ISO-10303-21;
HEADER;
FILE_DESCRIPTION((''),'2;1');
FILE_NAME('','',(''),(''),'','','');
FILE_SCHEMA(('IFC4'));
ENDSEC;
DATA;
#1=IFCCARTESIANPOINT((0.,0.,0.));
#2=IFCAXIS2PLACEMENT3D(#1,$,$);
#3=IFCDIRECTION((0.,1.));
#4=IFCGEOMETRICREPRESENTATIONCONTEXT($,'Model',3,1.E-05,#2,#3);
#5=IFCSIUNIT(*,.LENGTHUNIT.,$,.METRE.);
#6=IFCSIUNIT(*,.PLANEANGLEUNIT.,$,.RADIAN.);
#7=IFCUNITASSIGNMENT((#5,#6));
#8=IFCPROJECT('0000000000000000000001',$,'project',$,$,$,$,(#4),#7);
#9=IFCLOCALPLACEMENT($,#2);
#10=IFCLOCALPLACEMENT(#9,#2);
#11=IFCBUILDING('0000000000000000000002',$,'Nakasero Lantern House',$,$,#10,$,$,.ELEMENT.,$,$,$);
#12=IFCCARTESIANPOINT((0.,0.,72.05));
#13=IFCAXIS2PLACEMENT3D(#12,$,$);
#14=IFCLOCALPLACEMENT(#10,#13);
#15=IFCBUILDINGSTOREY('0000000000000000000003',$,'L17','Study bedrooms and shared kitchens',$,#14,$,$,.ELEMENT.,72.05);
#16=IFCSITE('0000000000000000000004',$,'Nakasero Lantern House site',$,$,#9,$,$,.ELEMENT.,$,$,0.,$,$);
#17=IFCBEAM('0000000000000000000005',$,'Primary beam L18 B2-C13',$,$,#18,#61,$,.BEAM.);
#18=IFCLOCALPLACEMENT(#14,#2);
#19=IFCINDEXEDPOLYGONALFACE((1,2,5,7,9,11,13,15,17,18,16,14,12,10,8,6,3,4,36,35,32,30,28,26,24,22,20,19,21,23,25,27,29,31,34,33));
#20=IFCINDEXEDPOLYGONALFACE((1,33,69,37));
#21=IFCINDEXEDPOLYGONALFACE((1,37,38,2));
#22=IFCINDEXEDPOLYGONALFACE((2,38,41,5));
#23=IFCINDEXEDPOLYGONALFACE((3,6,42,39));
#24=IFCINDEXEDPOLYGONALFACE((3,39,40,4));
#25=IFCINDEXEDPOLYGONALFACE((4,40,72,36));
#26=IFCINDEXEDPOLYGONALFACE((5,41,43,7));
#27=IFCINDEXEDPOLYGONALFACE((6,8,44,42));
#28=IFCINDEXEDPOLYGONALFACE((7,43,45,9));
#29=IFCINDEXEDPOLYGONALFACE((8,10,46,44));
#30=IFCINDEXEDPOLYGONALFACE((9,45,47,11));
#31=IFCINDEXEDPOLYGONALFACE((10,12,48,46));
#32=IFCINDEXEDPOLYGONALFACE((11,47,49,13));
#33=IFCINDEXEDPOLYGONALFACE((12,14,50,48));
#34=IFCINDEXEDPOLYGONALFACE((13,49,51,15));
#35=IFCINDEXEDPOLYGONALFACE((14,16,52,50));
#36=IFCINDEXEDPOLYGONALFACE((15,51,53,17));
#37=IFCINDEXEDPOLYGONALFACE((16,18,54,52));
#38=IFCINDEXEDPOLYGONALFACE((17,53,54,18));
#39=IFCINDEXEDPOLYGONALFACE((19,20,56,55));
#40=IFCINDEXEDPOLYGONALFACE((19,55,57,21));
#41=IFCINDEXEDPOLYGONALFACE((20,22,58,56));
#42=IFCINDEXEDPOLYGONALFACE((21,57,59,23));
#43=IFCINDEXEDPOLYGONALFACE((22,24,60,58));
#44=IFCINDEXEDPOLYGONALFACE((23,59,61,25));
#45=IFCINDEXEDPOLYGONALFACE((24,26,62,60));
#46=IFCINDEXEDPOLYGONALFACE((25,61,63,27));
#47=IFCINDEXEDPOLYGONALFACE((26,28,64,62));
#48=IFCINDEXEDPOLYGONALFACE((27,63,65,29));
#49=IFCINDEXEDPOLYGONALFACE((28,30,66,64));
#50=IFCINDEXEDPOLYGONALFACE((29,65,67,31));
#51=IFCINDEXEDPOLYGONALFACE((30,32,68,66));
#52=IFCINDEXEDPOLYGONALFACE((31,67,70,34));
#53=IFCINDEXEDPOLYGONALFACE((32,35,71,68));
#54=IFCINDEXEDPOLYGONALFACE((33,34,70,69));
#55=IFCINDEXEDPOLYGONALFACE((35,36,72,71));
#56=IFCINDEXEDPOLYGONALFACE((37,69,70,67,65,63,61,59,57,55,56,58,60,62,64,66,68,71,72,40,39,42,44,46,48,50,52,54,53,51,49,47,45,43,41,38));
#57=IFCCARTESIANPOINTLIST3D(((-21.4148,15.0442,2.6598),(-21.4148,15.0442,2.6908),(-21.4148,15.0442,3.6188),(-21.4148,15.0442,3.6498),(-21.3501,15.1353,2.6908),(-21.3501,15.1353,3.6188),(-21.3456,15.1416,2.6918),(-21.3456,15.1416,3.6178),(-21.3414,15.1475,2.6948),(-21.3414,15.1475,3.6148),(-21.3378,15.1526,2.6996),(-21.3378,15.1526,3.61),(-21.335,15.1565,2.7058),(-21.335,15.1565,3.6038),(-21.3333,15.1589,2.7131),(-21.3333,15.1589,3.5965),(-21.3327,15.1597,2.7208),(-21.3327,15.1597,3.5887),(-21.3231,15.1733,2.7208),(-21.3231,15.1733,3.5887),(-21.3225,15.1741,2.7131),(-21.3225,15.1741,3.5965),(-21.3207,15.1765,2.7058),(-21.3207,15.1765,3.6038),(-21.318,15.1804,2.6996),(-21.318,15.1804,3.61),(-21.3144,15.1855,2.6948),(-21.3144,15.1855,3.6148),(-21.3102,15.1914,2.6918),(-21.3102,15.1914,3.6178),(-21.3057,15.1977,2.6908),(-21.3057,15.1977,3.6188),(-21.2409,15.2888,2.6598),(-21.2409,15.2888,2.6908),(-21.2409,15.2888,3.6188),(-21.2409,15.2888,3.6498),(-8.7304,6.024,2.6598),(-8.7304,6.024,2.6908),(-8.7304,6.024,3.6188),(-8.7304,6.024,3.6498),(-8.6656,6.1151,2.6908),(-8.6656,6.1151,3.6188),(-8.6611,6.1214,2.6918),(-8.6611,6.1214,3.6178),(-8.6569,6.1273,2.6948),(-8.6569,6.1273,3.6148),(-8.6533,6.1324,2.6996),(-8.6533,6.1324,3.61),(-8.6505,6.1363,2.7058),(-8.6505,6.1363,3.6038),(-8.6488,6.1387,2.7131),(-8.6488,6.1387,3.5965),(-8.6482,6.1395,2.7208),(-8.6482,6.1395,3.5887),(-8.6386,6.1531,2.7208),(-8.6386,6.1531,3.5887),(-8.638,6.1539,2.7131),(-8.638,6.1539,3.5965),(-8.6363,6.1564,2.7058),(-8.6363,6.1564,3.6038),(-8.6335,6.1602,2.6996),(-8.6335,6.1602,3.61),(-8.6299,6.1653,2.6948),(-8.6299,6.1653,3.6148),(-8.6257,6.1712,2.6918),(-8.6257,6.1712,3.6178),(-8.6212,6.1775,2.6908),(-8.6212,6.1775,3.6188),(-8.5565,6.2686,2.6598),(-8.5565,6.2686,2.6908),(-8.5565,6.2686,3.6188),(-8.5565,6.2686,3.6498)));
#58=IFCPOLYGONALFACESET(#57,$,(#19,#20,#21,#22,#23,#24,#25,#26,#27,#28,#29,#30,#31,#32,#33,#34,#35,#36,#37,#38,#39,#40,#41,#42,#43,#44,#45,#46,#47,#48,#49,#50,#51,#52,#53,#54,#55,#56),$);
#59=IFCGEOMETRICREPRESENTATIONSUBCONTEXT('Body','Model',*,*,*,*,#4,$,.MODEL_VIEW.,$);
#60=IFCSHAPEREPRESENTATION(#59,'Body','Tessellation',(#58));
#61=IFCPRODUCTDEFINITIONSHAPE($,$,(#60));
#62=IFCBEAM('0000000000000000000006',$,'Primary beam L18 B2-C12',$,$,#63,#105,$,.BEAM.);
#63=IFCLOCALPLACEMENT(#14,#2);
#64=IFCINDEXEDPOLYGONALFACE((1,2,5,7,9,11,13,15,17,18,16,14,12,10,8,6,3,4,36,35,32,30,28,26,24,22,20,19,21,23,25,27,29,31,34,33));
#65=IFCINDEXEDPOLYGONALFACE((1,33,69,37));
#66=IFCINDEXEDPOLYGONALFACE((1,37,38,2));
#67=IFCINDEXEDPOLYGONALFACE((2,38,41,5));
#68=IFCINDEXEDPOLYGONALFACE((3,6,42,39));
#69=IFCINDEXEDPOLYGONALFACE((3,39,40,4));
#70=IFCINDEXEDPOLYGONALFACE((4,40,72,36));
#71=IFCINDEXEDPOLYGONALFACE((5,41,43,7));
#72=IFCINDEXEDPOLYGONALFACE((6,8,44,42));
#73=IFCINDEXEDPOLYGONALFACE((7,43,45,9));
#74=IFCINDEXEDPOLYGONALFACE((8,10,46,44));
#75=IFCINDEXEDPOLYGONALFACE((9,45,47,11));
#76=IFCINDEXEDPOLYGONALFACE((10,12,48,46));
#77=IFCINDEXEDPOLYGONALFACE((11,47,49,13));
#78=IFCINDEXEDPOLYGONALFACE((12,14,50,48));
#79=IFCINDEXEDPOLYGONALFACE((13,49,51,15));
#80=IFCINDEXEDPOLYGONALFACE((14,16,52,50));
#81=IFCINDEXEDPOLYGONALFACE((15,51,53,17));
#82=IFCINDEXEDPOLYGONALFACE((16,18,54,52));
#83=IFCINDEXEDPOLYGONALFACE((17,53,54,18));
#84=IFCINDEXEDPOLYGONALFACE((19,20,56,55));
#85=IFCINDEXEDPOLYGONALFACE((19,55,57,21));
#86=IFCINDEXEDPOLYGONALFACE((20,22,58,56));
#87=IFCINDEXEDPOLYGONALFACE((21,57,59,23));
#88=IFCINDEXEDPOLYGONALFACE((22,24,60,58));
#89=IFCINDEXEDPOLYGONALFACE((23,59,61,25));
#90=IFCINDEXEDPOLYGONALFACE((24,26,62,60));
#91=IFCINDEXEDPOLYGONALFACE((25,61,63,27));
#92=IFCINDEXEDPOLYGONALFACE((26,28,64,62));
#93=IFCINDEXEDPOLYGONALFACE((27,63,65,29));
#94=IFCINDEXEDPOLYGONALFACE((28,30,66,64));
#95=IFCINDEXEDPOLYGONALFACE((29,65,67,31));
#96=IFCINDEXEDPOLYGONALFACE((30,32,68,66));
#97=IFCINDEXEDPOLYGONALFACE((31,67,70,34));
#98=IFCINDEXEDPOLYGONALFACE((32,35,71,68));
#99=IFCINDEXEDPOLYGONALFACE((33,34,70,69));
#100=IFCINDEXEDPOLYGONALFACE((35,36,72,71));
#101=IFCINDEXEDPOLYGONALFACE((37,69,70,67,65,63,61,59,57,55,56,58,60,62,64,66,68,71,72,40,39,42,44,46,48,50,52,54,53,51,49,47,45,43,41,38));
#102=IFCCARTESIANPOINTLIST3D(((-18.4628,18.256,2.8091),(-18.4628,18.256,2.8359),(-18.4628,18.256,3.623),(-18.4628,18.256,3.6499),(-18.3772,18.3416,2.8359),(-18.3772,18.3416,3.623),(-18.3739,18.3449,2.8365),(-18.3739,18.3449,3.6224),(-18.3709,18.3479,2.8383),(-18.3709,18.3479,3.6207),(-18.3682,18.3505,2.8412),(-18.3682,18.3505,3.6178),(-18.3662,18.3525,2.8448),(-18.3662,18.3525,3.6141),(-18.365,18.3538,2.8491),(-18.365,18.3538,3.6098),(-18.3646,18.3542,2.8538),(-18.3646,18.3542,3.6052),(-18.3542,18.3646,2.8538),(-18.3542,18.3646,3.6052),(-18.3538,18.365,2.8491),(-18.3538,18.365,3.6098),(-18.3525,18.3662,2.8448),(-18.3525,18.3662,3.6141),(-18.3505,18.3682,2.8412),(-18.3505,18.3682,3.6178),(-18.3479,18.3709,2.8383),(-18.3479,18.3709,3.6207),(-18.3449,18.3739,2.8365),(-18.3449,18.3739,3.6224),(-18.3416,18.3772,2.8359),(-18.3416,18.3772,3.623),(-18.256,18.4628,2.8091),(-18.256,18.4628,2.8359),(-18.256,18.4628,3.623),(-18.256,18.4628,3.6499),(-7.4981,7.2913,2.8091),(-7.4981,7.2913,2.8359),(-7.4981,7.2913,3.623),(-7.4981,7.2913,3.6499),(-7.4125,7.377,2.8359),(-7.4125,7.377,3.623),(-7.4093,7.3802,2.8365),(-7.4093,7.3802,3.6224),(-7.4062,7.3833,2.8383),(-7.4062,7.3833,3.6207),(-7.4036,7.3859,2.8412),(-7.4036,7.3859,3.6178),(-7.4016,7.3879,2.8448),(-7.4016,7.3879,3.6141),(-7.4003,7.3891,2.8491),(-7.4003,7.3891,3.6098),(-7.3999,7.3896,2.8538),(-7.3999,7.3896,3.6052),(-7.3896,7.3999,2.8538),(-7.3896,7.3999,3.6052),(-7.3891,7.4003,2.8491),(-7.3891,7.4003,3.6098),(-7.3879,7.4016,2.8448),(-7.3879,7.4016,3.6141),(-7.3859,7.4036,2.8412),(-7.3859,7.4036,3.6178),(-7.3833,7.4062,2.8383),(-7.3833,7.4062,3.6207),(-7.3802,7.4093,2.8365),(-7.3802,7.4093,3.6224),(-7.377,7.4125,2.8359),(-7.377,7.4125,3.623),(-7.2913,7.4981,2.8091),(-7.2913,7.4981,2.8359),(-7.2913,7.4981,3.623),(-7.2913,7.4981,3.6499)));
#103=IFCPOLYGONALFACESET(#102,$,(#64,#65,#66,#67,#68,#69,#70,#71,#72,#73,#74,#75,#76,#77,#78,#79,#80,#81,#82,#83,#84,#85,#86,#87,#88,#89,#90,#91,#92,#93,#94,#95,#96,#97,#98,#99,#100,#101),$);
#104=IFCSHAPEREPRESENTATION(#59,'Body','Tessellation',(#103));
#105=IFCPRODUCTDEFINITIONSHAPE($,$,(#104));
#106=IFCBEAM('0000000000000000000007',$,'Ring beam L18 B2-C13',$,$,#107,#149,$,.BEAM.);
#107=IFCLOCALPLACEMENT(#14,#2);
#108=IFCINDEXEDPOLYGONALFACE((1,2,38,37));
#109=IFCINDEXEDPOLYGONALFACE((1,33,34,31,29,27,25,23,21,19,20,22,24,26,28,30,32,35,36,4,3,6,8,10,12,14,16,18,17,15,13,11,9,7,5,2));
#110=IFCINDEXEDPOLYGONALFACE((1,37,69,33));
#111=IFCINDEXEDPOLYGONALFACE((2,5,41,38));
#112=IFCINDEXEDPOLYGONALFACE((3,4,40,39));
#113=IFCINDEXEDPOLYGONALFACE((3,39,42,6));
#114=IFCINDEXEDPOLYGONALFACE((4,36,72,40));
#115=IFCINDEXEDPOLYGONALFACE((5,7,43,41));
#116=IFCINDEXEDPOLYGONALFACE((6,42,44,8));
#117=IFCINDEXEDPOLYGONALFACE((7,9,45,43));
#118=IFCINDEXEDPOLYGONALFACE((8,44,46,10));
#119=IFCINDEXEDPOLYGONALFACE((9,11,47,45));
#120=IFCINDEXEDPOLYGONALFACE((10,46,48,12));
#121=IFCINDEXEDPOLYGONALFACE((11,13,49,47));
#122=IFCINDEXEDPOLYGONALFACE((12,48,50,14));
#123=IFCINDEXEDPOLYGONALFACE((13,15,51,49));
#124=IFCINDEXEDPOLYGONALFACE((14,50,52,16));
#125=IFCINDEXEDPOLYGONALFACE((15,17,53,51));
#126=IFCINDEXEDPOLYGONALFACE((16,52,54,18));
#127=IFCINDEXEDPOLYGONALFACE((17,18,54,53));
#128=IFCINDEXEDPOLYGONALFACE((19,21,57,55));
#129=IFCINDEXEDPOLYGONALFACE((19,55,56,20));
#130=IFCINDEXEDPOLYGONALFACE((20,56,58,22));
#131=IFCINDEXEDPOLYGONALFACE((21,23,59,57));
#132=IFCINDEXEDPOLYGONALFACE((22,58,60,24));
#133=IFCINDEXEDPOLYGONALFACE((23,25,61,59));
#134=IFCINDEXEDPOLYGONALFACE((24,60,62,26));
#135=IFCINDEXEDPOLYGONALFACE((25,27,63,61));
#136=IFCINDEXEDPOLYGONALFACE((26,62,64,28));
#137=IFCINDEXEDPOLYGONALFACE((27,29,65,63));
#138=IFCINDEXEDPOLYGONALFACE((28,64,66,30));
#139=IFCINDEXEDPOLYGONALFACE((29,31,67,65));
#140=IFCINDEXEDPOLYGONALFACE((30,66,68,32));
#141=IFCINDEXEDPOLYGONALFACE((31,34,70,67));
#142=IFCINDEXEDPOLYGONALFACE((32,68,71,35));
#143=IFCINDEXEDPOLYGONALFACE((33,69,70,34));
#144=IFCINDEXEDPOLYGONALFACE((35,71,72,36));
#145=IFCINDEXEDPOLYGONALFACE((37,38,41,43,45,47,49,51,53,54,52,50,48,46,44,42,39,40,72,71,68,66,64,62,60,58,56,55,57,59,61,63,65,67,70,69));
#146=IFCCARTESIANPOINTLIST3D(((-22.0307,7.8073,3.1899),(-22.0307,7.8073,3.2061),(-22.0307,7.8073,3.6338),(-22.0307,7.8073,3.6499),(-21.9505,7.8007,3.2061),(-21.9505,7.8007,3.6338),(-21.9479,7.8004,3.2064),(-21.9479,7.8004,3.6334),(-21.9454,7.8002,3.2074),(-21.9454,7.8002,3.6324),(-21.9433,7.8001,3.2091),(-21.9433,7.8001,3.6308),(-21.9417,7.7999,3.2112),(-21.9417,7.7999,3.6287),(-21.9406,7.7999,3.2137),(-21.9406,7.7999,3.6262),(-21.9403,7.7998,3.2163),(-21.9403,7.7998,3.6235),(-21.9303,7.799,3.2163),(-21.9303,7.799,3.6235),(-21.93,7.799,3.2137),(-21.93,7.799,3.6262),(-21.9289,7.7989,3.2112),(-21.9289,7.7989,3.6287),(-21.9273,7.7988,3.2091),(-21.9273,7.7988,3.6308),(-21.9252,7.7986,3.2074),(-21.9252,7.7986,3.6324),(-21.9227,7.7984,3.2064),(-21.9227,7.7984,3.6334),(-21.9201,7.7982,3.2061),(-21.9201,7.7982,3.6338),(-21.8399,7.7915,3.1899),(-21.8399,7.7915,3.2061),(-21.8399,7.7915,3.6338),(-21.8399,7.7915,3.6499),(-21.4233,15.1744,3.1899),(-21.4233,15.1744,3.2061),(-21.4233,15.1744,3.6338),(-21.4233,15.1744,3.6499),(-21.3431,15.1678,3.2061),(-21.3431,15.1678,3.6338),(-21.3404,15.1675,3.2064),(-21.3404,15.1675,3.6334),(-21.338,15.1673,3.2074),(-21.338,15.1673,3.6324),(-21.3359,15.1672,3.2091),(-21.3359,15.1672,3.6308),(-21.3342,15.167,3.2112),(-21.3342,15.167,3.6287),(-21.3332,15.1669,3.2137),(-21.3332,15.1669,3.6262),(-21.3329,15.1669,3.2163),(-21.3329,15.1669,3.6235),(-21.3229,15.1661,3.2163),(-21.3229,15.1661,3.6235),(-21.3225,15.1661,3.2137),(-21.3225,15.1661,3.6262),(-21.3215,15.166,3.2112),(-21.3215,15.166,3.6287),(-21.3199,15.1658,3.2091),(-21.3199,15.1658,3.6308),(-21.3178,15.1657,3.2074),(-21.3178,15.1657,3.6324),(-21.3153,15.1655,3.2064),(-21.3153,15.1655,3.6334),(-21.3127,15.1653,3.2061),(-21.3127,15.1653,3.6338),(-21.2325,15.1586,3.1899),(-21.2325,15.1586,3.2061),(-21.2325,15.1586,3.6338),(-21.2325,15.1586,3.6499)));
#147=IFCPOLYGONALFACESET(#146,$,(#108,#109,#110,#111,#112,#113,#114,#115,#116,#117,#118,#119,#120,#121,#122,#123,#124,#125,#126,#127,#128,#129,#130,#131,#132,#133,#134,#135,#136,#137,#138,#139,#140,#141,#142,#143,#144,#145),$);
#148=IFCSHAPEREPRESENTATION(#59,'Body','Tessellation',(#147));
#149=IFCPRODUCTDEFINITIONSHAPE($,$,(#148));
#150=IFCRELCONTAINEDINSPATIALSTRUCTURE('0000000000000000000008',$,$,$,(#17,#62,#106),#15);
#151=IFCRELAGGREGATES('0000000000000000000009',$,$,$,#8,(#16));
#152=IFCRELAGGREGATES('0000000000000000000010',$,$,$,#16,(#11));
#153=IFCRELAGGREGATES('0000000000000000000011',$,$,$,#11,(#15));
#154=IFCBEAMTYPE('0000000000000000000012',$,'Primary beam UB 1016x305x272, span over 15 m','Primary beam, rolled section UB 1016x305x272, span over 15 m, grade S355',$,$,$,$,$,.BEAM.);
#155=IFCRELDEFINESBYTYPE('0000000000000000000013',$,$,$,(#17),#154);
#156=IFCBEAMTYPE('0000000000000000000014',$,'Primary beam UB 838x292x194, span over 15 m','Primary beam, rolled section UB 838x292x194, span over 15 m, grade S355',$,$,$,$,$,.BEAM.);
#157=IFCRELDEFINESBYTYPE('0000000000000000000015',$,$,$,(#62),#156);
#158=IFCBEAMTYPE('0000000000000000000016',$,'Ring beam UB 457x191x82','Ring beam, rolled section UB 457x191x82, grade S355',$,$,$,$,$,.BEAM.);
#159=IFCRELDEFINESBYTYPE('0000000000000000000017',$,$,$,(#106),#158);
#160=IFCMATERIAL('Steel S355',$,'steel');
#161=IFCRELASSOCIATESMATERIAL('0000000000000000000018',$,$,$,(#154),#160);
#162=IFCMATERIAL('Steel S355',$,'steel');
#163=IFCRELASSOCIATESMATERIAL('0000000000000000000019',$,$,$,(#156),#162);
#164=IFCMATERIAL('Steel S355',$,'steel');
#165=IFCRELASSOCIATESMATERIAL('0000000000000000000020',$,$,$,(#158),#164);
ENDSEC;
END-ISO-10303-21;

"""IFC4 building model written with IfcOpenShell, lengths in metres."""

from ifc_helpers import new_model, si_unit, direction, frame, origin, origin_2d, place, context, subcontext, project, spatial, i_section, extrude, material, material_profile, profile_set, type_object, element, save


model = new_model("IFC4")

# Units and contexts
model_context = context("Model", 3, precision=1e-05, world=origin(), true_north=direction((0.0, 1.0)))
body_context = subcontext(model_context, "Body", "Model", "MODEL_VIEW")
ifc_project = project(units=[si_unit("LENGTHUNIT", "METRE"), si_unit("PLANEANGLEUNIT", "RADIAN")], contexts=[model_context])

# Site, building, storey
site_placement = place(None, origin())
site = spatial("IfcSite", under=ifc_project, at=site_placement, Name="Nakasero Lantern House site", CompositionType="ELEMENT", RefElevation=0.0)
building_placement = place(site_placement, origin())
building = spatial("IfcBuilding", under=site, at=building_placement, Name="Nakasero Lantern House", CompositionType="ELEMENT")
storey_placement = place(building_placement, frame((0.0, 0.0, 72.05)))
storey = spatial("IfcBuildingStorey", under=building, at=storey_placement, Name="L17", Description="Study bedrooms and shared kitchens", CompositionType="ELEMENT", Elevation=72.05)

# Beams
ifc_material_1 = material(Name="Steel S355", Category="steel")
ifc_material_profile_1 = material_profile(ifc_material_1, i_section(OverallWidth=0.3, OverallDepth=0.99, WebThickness=0.0166, FlangeThickness=0.031, FilletRadius=0.03, at=origin_2d()), Name="UB 1016x305x272")
ifc_profile_set_1 = profile_set([ifc_material_profile_1], Name="Steel S355")
beam_type_1 = type_object("IfcBeamType", Name="Primary beam UB 1016x305x272, span over 15 m", Description="Primary beam, rolled section UB 1016x305x272, span over 15 m, grade S355", PredefinedType="BEAM", material=ifc_profile_set_1)
beam_1_placement = place(storey_placement, frame((-21.3279, 15.1665, 3.1548), z_axis=(0.814952, -0.579529, 0.0), x_axis=(0.579529, 0.814952, 0.0)))
element("IfcBeam", 1, at=beam_1_placement, inside=storey, type_object=beam_type_1, Name="Primary beam L18 B2-C13", PredefinedType="BEAM", context=body_context, shape_type="SweptSolid", body=[
    extrude(i_section(OverallWidth=0.3, OverallDepth=0.99, WebThickness=0.0166, FlangeThickness=0.031, FilletRadius=0.03, at=origin_2d()), origin(), (0.0, 0.0, 1.0), 15.5647),
])
ifc_material_2 = material(Name="Steel S355", Category="steel")
ifc_material_profile_2 = material_profile(ifc_material_2, i_section(OverallWidth=0.2925, OverallDepth=0.8408, WebThickness=0.0146, FlangeThickness=0.0269, FilletRadius=0.0178, at=origin_2d()), Name="UB 838x292x194")
ifc_profile_set_2 = profile_set([ifc_material_profile_2], Name="Steel S355")
beam_type_2 = type_object("IfcBeamType", Name="Primary beam UB 838x292x194, span over 15 m", Description="Primary beam, rolled section UB 838x292x194, span over 15 m, grade S355", PredefinedType="BEAM", material=ifc_profile_set_2)
beam_2_placement = place(storey_placement, frame((-18.3594, 18.3594, 3.2295), z_axis=(0.707107, -0.707107, 0.0), x_axis=(0.707107, 0.707107, 0.0)))
element("IfcBeam", 2, at=beam_2_placement, inside=storey, type_object=beam_type_2, Name="Primary beam L18 B2-C12", PredefinedType="BEAM", context=body_context, shape_type="SweptSolid", body=[
    extrude(i_section(OverallWidth=0.2925, OverallDepth=0.8408, WebThickness=0.0146, FlangeThickness=0.0269, FilletRadius=0.0178, at=origin_2d()), origin(), (0.0, 0.0, 1.0), 15.5063),
])
ifc_material_3 = material(Name="Steel S355", Category="steel")
ifc_material_profile_3 = material_profile(ifc_material_3, i_section(OverallWidth=0.1914, OverallDepth=0.46, WebThickness=0.01, FlangeThickness=0.0161, FilletRadius=0.0103, at=origin_2d()), Name="UB 457x191x82")
ifc_profile_set_3 = profile_set([ifc_material_profile_3], Name="Steel S355")
beam_type_3 = type_object("IfcBeamType", Name="Ring beam UB 457x191x82", Description="Ring beam, rolled section UB 457x191x82, grade S355", PredefinedType="BEAM", material=ifc_profile_set_3)
beam_3_placement = place(storey_placement, frame((-21.3279, 15.1665, 3.4199), z_axis=(-0.082171, -0.996618, 0.0), x_axis=(0.996618, -0.082171, 0.0)))
element("IfcBeam", 3, at=beam_3_placement, inside=storey, type_object=beam_type_3, Name="Ring beam L18 B2-C13", PredefinedType="BEAM", context=body_context, shape_type="SweptSolid", body=[
    extrude(i_section(OverallWidth=0.1914, OverallDepth=0.46, WebThickness=0.01, FlangeThickness=0.0161, FilletRadius=0.0103, at=origin_2d()), origin(), (0.0, 0.0, 1.0), 7.3921),
])

save(model, "model.ifc")
